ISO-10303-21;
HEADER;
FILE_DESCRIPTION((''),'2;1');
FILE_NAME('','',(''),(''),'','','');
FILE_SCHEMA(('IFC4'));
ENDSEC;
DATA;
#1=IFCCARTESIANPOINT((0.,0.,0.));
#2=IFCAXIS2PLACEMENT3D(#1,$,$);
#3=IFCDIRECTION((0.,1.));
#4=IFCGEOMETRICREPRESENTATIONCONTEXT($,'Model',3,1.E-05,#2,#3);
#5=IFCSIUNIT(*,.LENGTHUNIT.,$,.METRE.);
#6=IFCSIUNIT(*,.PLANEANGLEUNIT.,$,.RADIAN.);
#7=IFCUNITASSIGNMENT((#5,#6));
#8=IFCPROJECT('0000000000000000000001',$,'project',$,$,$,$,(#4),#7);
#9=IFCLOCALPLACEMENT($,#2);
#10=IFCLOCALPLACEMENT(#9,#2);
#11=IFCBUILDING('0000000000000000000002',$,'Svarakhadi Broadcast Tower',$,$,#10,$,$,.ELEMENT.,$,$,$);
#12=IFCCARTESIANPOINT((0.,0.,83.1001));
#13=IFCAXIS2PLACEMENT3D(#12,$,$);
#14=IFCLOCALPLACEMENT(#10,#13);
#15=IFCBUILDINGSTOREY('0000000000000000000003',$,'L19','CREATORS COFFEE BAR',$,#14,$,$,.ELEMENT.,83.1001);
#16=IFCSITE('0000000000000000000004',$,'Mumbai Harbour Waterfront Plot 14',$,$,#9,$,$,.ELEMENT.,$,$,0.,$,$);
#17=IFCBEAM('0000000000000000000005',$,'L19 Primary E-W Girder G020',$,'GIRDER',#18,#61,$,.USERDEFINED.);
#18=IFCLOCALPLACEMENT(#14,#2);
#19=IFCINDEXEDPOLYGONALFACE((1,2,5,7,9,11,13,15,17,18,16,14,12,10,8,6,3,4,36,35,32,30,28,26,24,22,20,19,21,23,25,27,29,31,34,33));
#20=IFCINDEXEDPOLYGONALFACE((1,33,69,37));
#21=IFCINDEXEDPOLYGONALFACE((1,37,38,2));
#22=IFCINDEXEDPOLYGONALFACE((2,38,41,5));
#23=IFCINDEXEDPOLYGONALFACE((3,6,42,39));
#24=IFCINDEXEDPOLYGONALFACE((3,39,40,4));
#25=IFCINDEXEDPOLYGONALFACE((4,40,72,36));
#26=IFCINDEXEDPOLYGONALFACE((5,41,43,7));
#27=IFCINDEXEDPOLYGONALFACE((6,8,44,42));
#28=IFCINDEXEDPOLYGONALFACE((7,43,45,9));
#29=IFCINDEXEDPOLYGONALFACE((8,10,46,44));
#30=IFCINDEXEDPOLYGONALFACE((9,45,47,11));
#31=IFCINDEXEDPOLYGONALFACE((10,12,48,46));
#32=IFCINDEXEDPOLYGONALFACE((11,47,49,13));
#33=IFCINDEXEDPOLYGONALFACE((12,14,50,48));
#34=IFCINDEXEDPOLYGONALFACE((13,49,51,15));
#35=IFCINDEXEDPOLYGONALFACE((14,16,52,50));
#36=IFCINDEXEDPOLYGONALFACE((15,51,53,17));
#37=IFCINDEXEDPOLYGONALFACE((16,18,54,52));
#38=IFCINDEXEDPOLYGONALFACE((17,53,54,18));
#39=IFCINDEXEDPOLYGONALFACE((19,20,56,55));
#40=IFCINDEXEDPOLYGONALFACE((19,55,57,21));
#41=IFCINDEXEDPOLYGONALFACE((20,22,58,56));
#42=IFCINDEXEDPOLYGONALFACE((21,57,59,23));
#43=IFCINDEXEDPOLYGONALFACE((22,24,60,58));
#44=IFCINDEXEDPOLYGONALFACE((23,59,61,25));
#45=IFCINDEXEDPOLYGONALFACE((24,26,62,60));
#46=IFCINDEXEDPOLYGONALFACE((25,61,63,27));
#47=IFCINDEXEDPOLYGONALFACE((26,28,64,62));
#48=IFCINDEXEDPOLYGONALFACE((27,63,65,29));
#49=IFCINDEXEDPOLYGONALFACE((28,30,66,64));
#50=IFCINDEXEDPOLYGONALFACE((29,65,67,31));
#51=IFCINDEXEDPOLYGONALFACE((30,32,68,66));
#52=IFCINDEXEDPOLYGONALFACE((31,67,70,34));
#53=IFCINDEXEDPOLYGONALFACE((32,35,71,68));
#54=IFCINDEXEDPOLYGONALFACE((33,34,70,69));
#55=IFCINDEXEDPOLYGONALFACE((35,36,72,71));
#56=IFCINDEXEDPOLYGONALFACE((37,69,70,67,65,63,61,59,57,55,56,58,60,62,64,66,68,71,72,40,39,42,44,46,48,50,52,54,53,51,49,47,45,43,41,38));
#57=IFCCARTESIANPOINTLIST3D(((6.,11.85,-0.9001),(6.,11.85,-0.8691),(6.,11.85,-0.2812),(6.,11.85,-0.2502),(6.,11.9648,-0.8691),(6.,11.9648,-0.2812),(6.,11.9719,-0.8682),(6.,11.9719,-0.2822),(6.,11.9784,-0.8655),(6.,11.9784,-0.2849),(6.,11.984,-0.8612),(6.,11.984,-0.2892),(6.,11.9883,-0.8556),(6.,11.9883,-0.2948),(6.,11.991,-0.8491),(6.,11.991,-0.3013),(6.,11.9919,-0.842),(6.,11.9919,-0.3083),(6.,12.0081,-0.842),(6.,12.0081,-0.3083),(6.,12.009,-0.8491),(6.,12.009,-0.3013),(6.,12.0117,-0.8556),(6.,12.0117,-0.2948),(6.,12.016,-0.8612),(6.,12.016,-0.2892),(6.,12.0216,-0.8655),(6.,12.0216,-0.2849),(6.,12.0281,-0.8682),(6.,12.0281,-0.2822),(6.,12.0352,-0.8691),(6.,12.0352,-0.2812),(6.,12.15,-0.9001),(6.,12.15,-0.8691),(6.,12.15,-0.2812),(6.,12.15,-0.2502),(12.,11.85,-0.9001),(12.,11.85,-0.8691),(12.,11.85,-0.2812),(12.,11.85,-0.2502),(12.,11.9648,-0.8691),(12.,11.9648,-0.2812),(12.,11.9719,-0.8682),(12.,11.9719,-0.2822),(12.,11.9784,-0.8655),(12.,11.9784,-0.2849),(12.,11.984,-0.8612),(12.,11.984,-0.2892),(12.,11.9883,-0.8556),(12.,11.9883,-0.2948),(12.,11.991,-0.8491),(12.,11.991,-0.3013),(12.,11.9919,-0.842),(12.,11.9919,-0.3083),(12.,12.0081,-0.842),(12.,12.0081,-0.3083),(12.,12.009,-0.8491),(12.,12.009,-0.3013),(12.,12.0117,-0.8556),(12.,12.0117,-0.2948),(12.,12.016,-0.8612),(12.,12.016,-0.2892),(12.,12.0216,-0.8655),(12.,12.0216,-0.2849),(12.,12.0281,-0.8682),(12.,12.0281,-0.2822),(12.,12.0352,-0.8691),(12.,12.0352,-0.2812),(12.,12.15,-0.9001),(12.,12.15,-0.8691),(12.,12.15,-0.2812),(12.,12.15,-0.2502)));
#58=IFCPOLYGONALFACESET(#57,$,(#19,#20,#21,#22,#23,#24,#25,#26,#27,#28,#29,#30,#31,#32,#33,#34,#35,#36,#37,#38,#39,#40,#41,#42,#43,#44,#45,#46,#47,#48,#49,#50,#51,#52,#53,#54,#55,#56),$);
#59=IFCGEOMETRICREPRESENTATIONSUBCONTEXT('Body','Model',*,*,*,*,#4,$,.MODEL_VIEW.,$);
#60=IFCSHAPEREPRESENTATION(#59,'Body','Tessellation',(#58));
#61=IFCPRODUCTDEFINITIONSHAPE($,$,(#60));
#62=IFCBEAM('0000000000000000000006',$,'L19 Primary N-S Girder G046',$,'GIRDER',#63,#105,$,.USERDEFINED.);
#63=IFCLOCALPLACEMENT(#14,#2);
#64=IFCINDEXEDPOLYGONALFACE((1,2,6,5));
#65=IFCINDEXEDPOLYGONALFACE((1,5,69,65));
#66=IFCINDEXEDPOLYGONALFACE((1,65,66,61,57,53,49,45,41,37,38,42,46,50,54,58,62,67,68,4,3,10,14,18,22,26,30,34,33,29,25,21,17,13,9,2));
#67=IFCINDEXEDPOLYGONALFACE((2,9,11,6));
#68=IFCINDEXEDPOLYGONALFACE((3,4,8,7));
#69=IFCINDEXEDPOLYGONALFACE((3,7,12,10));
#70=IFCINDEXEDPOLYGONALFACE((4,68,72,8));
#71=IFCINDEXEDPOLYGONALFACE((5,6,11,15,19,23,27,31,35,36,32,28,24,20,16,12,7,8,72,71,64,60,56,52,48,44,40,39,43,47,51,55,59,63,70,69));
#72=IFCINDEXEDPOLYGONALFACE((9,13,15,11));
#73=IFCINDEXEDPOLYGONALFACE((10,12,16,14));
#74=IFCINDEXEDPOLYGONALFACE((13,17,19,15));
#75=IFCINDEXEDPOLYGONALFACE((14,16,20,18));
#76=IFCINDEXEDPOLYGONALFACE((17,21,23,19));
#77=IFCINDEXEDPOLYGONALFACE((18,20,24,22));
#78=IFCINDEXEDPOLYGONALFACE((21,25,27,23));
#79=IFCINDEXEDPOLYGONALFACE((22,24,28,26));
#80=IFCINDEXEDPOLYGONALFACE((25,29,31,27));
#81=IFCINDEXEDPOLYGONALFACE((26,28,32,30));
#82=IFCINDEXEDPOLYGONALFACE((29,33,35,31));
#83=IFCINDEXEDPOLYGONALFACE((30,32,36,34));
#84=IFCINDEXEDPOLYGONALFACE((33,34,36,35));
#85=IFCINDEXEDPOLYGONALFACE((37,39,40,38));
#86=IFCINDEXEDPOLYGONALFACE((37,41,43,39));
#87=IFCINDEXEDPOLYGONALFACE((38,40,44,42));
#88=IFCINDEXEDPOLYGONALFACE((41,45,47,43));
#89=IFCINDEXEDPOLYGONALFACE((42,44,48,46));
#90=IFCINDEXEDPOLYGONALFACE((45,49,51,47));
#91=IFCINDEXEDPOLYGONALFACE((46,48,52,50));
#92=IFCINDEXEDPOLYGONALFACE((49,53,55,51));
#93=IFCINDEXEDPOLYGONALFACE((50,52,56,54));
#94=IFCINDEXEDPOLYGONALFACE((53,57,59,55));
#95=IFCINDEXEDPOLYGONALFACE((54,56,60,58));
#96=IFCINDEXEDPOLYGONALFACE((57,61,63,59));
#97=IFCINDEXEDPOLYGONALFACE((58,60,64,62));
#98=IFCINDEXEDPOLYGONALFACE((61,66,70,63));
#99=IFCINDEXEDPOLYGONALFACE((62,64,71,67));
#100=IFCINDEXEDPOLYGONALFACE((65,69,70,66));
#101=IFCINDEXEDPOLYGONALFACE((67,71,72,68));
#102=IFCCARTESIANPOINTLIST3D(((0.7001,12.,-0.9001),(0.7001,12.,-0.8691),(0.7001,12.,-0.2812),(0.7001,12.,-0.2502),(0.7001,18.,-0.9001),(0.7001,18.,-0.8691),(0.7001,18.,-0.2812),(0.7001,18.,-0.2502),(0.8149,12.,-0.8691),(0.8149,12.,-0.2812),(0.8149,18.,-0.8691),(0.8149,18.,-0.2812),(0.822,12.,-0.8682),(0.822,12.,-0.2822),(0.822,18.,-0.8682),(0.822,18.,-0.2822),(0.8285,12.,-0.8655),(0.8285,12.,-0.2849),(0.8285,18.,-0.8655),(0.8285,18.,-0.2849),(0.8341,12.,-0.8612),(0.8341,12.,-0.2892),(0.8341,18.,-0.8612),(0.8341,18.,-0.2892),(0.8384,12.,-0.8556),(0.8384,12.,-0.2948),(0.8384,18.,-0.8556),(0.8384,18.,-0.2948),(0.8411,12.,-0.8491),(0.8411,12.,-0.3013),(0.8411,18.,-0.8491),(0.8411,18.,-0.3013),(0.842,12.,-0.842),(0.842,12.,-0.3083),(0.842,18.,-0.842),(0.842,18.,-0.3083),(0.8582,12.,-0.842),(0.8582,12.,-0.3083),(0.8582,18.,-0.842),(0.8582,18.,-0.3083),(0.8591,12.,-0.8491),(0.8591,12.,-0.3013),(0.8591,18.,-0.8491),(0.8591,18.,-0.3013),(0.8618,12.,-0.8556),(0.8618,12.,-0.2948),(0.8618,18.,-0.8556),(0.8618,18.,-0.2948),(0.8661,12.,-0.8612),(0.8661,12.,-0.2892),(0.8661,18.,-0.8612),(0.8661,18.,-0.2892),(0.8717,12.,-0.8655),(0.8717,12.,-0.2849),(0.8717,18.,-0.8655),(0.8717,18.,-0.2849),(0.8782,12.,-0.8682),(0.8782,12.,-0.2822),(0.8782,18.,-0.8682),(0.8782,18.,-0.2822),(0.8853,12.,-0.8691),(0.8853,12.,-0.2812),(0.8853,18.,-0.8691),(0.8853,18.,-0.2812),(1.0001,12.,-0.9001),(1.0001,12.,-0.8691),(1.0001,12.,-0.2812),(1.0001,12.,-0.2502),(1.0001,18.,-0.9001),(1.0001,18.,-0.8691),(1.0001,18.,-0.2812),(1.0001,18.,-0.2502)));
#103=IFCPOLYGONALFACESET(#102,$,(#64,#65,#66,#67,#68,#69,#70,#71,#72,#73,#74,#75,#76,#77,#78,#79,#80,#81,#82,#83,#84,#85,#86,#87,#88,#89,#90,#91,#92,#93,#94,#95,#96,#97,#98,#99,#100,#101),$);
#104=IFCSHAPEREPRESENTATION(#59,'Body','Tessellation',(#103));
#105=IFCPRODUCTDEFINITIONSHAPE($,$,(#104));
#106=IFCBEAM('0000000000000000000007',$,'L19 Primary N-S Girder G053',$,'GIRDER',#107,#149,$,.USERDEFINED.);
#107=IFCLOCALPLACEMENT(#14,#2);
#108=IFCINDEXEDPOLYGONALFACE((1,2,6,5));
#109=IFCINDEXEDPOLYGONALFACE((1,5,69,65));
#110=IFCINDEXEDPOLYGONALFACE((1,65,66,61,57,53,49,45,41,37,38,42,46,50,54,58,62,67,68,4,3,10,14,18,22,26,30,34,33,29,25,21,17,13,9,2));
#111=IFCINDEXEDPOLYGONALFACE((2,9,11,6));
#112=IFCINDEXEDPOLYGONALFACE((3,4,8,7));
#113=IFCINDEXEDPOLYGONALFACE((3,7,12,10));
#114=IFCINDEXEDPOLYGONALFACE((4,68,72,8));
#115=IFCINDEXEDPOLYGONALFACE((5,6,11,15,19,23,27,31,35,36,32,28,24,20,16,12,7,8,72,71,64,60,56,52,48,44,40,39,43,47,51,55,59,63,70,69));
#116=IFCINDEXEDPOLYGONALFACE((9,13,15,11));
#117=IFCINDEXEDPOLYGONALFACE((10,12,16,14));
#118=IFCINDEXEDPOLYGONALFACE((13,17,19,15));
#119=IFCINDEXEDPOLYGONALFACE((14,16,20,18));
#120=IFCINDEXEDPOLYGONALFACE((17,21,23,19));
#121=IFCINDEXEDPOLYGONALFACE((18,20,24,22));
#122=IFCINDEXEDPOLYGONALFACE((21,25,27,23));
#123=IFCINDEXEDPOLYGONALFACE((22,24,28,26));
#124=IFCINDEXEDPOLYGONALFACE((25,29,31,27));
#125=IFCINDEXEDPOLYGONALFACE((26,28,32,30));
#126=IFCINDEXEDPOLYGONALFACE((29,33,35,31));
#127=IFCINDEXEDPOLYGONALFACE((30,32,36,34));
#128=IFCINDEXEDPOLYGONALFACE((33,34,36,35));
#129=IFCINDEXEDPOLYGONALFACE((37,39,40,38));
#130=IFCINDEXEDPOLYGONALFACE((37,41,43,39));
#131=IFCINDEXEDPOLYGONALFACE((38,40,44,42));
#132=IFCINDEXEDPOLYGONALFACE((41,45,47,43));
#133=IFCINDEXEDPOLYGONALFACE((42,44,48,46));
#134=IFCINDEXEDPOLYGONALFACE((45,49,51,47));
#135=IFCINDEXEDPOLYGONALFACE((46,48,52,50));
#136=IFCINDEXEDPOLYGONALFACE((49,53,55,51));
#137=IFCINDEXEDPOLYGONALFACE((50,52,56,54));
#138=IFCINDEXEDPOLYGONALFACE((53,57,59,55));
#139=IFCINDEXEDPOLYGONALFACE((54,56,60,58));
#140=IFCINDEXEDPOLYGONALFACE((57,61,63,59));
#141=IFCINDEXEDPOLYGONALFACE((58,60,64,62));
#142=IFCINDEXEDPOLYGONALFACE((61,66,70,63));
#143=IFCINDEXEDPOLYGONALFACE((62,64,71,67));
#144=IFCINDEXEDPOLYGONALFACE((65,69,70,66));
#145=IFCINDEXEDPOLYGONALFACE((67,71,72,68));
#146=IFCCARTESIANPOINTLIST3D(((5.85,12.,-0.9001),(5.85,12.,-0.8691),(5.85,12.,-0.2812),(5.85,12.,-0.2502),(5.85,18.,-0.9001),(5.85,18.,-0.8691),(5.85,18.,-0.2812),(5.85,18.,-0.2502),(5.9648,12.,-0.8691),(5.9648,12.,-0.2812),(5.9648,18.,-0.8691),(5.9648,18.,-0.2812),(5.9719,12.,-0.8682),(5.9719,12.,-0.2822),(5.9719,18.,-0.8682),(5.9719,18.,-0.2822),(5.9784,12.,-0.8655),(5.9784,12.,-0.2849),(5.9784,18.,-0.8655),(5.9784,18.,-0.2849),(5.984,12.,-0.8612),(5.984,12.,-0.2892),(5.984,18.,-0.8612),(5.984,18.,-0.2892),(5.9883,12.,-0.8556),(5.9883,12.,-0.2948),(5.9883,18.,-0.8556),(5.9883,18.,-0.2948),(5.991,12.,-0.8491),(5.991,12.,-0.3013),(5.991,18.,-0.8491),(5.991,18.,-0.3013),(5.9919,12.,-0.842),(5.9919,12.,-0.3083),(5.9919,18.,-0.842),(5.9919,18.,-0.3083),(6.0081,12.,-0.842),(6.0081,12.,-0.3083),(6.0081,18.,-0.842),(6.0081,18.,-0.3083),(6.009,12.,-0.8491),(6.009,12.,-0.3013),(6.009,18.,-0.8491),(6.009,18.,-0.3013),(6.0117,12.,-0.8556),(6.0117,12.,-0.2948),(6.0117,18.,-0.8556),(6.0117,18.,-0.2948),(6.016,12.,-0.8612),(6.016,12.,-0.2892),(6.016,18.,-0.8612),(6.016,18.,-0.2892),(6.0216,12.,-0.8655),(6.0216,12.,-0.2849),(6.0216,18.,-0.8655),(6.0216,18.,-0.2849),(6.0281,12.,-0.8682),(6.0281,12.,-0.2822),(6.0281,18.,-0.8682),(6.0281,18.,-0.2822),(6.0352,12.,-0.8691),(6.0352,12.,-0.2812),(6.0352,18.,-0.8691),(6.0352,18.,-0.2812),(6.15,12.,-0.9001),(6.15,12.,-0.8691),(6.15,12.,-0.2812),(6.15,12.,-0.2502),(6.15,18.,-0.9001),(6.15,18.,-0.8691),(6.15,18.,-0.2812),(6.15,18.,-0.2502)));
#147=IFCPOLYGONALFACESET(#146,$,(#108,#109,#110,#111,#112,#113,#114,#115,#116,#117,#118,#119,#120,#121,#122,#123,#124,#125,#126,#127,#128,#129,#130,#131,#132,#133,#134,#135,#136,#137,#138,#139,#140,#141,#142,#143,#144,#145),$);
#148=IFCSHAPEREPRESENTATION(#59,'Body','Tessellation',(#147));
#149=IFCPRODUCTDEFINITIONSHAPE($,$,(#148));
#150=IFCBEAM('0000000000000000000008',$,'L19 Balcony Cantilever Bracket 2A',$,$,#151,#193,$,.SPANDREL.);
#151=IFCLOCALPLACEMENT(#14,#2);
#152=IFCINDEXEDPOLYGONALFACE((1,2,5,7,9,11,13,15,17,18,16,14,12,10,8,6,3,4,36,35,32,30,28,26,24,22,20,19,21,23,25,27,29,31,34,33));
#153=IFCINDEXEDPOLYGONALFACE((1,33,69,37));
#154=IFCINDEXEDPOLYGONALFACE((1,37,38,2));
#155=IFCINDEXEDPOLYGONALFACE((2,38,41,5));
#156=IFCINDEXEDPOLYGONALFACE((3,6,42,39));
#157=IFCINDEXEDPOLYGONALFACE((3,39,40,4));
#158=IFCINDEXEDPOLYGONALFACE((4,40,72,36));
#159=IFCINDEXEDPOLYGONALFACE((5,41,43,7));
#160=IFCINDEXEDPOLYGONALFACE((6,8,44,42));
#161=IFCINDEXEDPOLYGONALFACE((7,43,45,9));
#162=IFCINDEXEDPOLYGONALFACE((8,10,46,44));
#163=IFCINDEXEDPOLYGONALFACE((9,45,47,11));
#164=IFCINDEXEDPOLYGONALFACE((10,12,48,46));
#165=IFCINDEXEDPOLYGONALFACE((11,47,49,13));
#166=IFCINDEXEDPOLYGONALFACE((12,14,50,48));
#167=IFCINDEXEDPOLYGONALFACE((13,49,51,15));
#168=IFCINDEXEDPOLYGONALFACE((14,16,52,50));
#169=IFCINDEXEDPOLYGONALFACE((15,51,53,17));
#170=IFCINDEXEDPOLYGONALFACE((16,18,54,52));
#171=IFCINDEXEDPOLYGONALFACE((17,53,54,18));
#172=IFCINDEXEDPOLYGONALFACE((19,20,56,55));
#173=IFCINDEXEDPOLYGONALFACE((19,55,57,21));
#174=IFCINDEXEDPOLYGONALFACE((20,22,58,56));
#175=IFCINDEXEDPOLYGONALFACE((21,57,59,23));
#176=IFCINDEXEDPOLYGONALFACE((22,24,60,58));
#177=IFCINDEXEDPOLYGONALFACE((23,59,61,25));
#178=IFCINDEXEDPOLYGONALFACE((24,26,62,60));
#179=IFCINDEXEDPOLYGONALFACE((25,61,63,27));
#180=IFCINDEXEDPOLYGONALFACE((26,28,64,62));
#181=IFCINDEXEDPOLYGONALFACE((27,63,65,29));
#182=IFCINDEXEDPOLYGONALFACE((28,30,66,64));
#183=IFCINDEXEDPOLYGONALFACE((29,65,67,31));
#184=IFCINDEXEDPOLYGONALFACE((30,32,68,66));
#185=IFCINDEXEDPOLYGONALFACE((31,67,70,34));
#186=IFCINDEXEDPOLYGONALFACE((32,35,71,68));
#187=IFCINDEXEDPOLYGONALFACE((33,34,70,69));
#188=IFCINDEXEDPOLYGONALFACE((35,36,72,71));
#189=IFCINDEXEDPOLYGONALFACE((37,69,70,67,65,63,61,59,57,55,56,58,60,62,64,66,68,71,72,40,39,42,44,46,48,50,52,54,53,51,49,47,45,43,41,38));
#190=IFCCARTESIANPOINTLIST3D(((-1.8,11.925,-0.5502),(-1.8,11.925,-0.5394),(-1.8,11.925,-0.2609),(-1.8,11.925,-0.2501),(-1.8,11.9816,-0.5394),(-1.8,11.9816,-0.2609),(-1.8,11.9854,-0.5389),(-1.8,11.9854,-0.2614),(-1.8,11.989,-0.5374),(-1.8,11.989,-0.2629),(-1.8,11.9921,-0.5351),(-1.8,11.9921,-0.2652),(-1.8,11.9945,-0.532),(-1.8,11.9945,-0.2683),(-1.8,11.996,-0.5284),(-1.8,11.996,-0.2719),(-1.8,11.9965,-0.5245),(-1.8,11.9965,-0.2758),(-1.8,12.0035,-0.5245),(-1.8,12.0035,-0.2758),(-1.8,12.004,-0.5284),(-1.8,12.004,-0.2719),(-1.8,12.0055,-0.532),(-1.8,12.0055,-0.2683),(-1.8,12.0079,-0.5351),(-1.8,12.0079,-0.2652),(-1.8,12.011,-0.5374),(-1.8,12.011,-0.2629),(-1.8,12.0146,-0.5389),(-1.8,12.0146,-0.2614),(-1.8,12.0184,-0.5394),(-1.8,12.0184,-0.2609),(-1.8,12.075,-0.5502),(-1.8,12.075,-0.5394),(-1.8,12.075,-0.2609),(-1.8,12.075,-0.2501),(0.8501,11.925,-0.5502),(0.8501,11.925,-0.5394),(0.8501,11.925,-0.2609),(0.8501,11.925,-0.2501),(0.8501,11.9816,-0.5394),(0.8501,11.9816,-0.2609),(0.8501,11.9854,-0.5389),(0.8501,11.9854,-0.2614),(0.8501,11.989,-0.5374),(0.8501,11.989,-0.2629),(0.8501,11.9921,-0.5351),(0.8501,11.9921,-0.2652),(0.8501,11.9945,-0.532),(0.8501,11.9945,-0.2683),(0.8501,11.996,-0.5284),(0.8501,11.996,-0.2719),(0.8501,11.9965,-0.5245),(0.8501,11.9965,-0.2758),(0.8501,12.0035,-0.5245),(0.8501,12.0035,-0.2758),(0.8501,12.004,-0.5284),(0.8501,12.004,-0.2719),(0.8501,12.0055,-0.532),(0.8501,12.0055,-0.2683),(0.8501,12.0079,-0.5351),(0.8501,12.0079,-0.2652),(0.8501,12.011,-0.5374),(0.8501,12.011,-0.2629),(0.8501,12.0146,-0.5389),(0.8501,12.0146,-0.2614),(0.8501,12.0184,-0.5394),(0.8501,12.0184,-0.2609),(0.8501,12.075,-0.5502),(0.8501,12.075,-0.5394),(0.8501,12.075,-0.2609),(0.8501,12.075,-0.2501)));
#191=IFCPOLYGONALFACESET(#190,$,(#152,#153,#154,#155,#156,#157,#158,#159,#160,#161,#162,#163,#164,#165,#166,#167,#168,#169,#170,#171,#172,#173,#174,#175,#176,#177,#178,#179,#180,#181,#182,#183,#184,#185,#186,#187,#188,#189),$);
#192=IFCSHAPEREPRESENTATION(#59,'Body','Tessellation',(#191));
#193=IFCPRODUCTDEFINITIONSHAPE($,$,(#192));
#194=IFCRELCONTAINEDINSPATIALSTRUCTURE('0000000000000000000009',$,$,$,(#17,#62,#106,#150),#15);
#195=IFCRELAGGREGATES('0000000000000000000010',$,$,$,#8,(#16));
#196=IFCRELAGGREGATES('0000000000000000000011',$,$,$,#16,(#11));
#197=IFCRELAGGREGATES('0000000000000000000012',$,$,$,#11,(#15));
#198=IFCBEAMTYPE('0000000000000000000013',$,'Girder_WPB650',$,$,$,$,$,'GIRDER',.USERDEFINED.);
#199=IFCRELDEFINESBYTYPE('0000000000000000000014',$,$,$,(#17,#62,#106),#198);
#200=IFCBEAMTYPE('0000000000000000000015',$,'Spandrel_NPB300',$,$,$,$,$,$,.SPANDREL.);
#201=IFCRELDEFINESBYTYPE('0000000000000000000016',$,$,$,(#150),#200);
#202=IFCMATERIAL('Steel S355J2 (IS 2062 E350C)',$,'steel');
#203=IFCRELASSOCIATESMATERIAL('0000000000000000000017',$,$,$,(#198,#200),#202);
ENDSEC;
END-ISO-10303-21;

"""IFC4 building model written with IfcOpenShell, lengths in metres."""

from ifc_helpers import new_model, si_unit, direction, frame, origin, origin_2d, place, context, subcontext, project, spatial, i_section, extrude, material, material_profile, profile_set, type_object, element, save


model = new_model("IFC4")

# Units and contexts
model_context = context("Model", 3, precision=1e-05, world=origin(), true_north=direction((0.0, 1.0)))
body_context = subcontext(model_context, "Body", "Model", "MODEL_VIEW")
ifc_project = project(units=[si_unit("LENGTHUNIT", "METRE"), si_unit("PLANEANGLEUNIT", "RADIAN")], contexts=[model_context])

# Site, building, storey
site_placement = place(None, origin())
site = spatial("IfcSite", under=ifc_project, at=site_placement, Name="Mumbai Harbour Waterfront Plot 14", CompositionType="ELEMENT", RefElevation=0.0)
building_placement = place(site_placement, origin())
building = spatial("IfcBuilding", under=site, at=building_placement, Name="Svarakhadi Broadcast Tower", CompositionType="ELEMENT")
storey_placement = place(building_placement, frame((0.0, 0.0, 83.1001)))
storey = spatial("IfcBuildingStorey", under=building, at=storey_placement, Name="L19", Description="CREATORS COFFEE BAR", CompositionType="ELEMENT", Elevation=83.1001)

# Shared definitions
ifc_material_1 = material(Name="Steel S355J2 (IS 2062 E350C)", Category="steel")

# Beams
ifc_material_profile_1 = material_profile(ifc_material_1, i_section(OverallWidth=0.3, OverallDepth=0.6499, WebThickness=0.0161, FlangeThickness=0.031, FilletRadius=0.0271, at=origin_2d()), Name="WPB 650x300x225")
ifc_profile_set_1 = profile_set([ifc_material_profile_1], Name="Steel S355J2 (IS 2062 E350C)")
beam_type_1 = type_object("IfcBeamType", Name="Girder_WPB650", ElementType="GIRDER", PredefinedType="USERDEFINED", material=ifc_profile_set_1)
for number, where, z_axis, x_axis, name in (
    (1, (6.0, 12.0, -0.5752), (1.0, 0.0, 0.0), (0.0, 1.0, 0.0), "L19 Primary E-W Girder G020"),
    (2, (0.8501, 12.0, -0.5752), (0.0, 1.0, 0.0), (-1.0, 0.0, 0.0), "L19 Primary N-S Girder G046"),
    (3, (6.0, 12.0, -0.5752), (0.0, 1.0, 0.0), (-1.0, 0.0, 0.0), "L19 Primary N-S Girder G053"),
):
    element("IfcBeam", number, at=place(storey_placement, frame(where, z_axis=z_axis, x_axis=x_axis)), inside=storey, type_object=beam_type_1, Name=name, ObjectType="GIRDER", PredefinedType="USERDEFINED", context=body_context, shape_type="SweptSolid", body=[
        extrude(i_section(OverallWidth=0.3, OverallDepth=0.6499, WebThickness=0.0161, FlangeThickness=0.031, FilletRadius=0.0271, at=origin_2d()), origin(), (0.0, 0.0, 1.0), 6.0),
    ])
ifc_material_profile_2 = material_profile(ifc_material_1, i_section(OverallWidth=0.1499, OverallDepth=0.3, WebThickness=0.0071, FlangeThickness=0.0107, FilletRadius=0.0149, at=origin_2d()), Name="NPB 300x150x37")
ifc_profile_set_2 = profile_set([ifc_material_profile_2], Name="Steel S355J2 (IS 2062 E350C)")
beam_type_2 = type_object("IfcBeamType", Name="Spandrel_NPB300", PredefinedType="SPANDREL", material=ifc_profile_set_2)
beam_1_placement = place(storey_placement, frame((0.8501, 12.0, -0.4001), z_axis=(-1.0, 0.0, 0.0), x_axis=(0.0, -1.0, 0.0)))
element("IfcBeam", 4, at=beam_1_placement, inside=storey, type_object=beam_type_2, Name="L19 Balcony Cantilever Bracket 2A", PredefinedType="SPANDREL", context=body_context, shape_type="SweptSolid", body=[
    extrude(i_section(OverallWidth=0.1499, OverallDepth=0.3, WebThickness=0.0071, FlangeThickness=0.0107, FilletRadius=0.0149, at=origin_2d()), origin(), (0.0, 0.0, 1.0), 2.6501),
])

save(model, "model.ifc")
